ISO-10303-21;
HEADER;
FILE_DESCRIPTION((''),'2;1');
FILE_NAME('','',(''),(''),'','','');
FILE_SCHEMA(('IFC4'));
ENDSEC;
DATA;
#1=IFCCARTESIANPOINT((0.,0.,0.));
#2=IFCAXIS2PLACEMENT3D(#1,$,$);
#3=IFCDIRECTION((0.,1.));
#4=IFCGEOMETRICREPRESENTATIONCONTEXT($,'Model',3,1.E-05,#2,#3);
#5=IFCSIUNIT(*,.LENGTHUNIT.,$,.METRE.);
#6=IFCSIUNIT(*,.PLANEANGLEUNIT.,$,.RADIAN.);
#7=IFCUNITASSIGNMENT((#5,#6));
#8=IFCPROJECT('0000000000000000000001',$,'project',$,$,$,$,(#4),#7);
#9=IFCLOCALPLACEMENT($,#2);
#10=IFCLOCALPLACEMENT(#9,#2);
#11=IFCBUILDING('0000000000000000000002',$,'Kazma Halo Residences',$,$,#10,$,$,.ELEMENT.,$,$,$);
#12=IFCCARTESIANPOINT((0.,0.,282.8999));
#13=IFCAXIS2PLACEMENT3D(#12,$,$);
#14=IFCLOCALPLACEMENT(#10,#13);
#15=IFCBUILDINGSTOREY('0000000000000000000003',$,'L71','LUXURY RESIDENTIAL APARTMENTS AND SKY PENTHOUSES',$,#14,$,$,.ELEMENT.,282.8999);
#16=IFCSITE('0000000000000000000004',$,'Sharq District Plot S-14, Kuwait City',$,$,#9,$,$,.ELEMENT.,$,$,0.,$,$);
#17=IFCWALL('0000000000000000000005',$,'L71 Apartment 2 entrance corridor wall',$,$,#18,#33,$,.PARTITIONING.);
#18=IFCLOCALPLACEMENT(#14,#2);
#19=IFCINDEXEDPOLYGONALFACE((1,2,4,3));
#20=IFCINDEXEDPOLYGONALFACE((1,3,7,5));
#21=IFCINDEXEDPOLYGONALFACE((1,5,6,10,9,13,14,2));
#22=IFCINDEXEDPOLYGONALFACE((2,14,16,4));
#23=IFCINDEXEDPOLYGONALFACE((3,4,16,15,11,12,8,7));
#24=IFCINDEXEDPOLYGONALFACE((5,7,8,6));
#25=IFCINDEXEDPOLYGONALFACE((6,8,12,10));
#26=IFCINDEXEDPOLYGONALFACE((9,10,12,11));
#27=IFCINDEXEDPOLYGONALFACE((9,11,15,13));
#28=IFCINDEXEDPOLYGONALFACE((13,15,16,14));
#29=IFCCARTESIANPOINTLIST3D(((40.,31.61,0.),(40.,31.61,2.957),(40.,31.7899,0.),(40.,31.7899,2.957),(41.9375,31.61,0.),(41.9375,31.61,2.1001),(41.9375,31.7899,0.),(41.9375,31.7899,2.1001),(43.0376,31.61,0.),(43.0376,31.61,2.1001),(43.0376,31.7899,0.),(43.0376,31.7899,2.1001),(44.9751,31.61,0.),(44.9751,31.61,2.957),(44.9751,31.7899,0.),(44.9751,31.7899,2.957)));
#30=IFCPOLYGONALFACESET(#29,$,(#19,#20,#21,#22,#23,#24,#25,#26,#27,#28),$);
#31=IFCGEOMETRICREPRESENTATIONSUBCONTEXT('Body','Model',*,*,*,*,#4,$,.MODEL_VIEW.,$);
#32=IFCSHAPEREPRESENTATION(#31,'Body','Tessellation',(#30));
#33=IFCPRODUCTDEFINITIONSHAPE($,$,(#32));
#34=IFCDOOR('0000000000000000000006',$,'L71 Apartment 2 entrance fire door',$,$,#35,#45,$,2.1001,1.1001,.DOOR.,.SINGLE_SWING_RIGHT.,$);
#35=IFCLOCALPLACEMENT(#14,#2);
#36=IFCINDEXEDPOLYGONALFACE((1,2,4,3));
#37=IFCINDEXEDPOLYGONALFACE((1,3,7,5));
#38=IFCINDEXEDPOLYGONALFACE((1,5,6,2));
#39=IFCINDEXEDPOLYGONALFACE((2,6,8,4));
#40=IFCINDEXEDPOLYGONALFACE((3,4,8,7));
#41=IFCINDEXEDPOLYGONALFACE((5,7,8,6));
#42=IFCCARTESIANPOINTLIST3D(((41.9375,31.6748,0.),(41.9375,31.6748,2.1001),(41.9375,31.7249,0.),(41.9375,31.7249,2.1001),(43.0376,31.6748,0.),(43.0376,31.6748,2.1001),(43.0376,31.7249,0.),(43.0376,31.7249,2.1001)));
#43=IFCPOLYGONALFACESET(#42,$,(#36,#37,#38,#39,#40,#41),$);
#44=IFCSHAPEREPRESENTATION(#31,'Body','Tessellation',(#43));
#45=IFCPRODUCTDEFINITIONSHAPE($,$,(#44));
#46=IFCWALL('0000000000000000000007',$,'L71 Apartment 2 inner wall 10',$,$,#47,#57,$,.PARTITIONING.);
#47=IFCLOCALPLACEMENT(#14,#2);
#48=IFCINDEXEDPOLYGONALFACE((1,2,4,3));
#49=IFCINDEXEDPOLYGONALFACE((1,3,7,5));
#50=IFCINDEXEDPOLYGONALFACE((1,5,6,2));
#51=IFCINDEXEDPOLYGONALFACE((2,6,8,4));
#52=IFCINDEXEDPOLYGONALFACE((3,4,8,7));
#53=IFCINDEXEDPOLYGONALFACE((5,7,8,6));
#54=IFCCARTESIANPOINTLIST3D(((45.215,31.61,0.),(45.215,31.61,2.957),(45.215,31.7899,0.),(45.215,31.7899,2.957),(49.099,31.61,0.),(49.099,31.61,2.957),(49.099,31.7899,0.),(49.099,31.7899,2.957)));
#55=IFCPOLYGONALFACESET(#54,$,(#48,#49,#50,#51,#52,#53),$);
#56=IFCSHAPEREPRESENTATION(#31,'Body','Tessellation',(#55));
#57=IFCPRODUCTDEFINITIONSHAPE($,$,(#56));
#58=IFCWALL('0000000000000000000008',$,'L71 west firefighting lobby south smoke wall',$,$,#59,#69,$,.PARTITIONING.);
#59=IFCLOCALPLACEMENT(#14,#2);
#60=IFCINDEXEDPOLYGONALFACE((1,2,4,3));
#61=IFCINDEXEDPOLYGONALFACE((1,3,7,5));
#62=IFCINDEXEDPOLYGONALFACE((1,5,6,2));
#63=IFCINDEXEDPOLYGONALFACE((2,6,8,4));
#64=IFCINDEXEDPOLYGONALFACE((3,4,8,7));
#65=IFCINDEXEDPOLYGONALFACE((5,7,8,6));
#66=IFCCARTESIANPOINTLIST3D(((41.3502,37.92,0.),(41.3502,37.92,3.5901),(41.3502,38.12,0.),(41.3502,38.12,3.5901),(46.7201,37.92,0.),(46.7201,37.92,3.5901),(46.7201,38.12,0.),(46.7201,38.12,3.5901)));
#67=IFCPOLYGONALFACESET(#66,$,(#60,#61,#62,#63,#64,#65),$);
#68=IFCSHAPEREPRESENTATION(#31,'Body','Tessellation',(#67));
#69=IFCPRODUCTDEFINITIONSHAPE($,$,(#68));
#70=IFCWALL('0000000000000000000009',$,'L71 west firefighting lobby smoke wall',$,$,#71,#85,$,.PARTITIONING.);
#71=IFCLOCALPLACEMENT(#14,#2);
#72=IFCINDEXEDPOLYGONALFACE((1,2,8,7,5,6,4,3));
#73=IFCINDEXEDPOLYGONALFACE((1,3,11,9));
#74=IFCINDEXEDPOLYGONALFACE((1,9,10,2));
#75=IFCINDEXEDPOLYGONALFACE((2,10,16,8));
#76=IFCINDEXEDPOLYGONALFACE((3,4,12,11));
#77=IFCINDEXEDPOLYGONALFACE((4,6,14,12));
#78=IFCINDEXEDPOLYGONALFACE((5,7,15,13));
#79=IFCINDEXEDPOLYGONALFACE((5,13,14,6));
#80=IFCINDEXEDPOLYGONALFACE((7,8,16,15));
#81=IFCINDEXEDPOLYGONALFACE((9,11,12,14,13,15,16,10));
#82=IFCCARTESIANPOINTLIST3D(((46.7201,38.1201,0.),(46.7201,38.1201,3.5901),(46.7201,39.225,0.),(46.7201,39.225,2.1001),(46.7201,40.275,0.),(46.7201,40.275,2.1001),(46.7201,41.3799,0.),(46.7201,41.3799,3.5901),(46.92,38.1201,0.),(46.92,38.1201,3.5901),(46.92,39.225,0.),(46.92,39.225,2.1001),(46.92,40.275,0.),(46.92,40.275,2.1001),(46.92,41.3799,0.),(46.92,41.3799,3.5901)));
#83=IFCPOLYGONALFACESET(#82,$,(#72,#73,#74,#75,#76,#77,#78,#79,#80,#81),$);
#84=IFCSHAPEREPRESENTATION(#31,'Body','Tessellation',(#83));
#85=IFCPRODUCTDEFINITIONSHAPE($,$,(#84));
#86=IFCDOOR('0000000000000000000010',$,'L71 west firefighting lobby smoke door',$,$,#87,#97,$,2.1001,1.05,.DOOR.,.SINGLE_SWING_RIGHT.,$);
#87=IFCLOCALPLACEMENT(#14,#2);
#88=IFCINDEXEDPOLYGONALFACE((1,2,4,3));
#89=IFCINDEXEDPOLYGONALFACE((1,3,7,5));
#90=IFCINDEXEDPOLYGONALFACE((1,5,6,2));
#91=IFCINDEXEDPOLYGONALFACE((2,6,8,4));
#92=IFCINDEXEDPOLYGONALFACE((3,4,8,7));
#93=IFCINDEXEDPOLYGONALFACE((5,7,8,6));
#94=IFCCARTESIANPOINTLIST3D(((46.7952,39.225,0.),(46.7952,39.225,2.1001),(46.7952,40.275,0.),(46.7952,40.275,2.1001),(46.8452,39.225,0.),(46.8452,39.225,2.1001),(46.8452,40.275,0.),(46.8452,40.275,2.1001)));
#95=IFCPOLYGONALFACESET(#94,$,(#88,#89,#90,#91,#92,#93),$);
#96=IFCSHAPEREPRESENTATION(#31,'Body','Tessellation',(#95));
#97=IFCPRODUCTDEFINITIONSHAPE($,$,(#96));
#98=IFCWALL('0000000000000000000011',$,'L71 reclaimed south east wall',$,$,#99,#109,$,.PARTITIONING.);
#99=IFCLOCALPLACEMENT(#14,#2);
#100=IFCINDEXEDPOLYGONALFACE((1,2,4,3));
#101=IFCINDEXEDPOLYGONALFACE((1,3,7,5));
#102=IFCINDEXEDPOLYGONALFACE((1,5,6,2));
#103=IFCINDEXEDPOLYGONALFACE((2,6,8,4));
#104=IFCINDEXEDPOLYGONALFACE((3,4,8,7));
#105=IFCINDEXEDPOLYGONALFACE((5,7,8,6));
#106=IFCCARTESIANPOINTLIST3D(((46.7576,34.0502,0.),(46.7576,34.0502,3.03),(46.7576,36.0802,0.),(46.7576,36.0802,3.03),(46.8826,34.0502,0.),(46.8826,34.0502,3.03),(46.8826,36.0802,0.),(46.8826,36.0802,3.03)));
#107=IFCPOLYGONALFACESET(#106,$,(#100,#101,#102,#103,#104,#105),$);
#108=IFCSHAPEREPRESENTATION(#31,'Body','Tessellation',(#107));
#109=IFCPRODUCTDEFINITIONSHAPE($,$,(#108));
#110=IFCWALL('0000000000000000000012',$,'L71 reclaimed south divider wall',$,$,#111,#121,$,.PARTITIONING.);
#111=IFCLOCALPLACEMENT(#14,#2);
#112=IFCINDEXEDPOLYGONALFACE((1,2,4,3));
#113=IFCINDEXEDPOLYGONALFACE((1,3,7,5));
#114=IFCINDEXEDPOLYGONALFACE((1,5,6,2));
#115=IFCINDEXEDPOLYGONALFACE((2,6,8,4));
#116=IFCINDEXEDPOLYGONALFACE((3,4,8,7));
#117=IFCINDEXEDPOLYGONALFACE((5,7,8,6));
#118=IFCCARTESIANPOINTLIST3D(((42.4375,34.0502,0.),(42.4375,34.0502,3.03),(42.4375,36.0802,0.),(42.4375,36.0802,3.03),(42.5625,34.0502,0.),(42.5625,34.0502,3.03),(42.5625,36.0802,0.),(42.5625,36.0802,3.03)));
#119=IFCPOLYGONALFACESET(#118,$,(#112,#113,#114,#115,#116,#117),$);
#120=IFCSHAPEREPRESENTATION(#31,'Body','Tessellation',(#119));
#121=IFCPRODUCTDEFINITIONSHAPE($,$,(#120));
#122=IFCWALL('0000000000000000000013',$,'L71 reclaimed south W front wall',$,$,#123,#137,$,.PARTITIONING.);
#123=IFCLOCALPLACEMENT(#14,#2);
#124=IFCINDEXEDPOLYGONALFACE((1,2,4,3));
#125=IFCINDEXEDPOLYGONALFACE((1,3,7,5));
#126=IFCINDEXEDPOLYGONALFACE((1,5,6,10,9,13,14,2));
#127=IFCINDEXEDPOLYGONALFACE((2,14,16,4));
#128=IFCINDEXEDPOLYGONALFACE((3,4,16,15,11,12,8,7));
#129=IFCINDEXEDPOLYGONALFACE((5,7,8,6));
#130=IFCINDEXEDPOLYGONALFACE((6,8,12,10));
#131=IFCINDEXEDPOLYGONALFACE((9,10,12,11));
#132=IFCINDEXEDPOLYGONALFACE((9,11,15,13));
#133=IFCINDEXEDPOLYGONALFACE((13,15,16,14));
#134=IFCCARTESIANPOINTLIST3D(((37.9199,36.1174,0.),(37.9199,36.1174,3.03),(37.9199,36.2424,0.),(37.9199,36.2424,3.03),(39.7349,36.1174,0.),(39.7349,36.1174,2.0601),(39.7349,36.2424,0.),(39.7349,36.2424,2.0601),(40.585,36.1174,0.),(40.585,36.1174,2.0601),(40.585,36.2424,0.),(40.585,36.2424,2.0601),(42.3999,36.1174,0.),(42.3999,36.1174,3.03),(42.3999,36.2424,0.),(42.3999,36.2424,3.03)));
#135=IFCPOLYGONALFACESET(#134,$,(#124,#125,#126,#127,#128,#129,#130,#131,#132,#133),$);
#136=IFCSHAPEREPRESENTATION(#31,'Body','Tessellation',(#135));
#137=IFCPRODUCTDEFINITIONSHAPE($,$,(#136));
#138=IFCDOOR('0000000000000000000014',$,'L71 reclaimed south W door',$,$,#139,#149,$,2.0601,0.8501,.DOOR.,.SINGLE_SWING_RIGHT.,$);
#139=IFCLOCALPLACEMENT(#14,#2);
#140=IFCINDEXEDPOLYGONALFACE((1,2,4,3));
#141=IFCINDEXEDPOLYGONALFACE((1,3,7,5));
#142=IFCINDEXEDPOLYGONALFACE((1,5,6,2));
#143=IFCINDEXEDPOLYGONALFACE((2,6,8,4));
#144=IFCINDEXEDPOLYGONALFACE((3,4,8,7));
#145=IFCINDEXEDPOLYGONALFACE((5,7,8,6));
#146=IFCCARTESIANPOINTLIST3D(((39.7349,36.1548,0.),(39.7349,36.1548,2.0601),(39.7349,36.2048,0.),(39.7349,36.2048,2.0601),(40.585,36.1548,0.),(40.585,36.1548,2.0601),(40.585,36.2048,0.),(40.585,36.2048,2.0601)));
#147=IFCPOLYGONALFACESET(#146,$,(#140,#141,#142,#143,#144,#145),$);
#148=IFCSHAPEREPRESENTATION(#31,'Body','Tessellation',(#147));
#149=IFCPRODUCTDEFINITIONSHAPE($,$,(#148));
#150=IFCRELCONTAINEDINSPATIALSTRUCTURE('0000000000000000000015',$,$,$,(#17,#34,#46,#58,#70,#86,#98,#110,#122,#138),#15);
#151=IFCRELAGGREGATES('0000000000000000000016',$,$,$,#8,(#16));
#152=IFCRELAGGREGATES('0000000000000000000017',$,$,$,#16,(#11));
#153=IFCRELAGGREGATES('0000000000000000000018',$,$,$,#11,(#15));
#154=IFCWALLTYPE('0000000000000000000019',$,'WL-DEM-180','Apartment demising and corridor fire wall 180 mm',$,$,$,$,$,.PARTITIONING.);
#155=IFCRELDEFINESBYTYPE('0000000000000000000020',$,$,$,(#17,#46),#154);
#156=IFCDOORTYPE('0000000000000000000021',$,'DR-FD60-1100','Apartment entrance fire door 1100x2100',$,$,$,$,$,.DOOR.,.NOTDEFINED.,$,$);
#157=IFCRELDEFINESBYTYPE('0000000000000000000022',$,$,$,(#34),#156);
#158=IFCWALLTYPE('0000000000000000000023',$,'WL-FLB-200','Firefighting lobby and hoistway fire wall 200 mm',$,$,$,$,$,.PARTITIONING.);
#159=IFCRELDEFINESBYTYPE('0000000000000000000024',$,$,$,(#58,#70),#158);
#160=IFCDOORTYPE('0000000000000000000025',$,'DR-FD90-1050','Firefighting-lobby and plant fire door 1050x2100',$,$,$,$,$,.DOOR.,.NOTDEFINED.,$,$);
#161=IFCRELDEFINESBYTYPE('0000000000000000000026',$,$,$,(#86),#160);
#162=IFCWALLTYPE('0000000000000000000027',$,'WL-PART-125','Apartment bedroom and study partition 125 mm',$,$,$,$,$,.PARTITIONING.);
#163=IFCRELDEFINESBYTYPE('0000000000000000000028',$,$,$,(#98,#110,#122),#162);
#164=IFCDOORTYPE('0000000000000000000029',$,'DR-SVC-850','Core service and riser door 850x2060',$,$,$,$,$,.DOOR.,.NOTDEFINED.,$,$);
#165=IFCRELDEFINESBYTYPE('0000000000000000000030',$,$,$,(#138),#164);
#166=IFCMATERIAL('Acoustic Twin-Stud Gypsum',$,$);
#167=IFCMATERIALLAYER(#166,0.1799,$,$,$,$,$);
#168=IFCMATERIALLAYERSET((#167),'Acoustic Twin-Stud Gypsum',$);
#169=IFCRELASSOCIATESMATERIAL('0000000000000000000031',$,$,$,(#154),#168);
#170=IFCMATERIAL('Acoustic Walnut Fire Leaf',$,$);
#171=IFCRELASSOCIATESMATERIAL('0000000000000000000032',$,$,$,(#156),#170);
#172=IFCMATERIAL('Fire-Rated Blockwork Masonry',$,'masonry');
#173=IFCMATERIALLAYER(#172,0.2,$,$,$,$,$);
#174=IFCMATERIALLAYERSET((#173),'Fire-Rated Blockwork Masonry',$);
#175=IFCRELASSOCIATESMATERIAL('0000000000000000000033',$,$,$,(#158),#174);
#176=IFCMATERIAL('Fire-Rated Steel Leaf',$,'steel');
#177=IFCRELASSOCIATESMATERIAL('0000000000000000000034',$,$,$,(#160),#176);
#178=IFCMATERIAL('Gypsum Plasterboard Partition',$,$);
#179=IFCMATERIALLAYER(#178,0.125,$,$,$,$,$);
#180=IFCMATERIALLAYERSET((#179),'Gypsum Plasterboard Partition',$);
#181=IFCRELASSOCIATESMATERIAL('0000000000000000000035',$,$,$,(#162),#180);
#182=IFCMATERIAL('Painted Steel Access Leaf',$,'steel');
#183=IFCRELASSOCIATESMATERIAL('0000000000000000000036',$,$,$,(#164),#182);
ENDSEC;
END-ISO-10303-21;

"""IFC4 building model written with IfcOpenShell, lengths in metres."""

from ifc_helpers import new_model, si_unit, direction, frame, frame_2d, origin, place, context, subcontext, project, spatial, rectangle, extrude, material, layer, layer_set, type_object, element, fill, save


model = new_model("IFC4")

# Units and contexts
model_context = context("Model", 3, precision=1e-05, world=origin(), true_north=direction((0.0, 1.0)))
body_context = subcontext(model_context, "Body", "Model", "MODEL_VIEW")
ifc_project = project(units=[si_unit("LENGTHUNIT", "METRE"), si_unit("PLANEANGLEUNIT", "RADIAN")], contexts=[model_context])

# Site, building, storey
site_placement = place(None, origin())
site = spatial("IfcSite", under=ifc_project, at=site_placement, Name="Sharq District Plot S-14, Kuwait City", CompositionType="ELEMENT", RefElevation=0.0)
building_placement = place(site_placement, origin())
building = spatial("IfcBuilding", under=site, at=building_placement, Name="Kazma Halo Residences", CompositionType="ELEMENT")
storey_placement = place(building_placement, frame((0.0, 0.0, 282.8999)))
storey = spatial("IfcBuildingStorey", under=building, at=storey_placement, Name="L71", Description="LUXURY RESIDENTIAL APARTMENTS AND SKY PENTHOUSES", CompositionType="ELEMENT", Elevation=282.8999)

# Shared definitions
ifc_material_1 = material(Name="Acoustic Twin-Stud Gypsum")
ifc_layer_1 = layer(ifc_material_1, 0.1799)
ifc_layer_set_1 = layer_set([ifc_layer_1], Name="Acoustic Twin-Stud Gypsum")
wall_type_1 = type_object("IfcWallType", Name="WL-DEM-180", Description="Apartment demising and corridor fire wall 180 mm", PredefinedType="PARTITIONING", material=ifc_layer_set_1)

# Wall, opening, door
wall_1_placement = place(storey_placement, frame((40.0, 31.7, 0.0), z_axis=(0.0, 0.0, 1.0), x_axis=(1.0, 0.0, 0.0)))
wall_1 = element("IfcWall", 1, at=wall_1_placement, inside=storey, type_object=wall_type_1, Name="L71 Apartment 2 entrance corridor wall", PredefinedType="PARTITIONING", context=body_context, shape_type="SweptSolid", body=[
    extrude(rectangle(XDim=4.9751, YDim=0.1799, at=frame_2d((2.4875, 0.0))), origin(), (0.0, 0.0, 1.0), 2.957),
])
opening_1_placement = place(wall_1_placement, frame((1.9375, 0.0, 0.0)))
opening_1 = element("IfcOpeningElement", 2, at=opening_1_placement, cuts=wall_1, PredefinedType="OPENING", context=body_context, shape_type="SweptSolid", body=[
    extrude(rectangle(XDim=1.1001, YDim=2.1001, at=frame_2d((0.55, 1.05))), frame((0.0, 0.0999, 0.0), z_axis=(0.0, -1.0, 0.0), x_axis=(1.0, 0.0, 0.0)), (0.0, 0.0, 1.0), 0.2),
])
ifc_material_2 = material(Name="Acoustic Walnut Fire Leaf")
door_type_1 = type_object("IfcDoorType", Name="DR-FD60-1100", Description="Apartment entrance fire door 1100x2100", OperationType="NOTDEFINED", PredefinedType="DOOR", material=ifc_material_2)
door_1_placement = place(opening_1_placement, origin())
door_1 = element("IfcDoor", 3, at=door_1_placement, inside=storey, type_object=door_type_1, Name="L71 Apartment 2 entrance fire door", OperationType="SINGLE_SWING_RIGHT", OverallHeight=2.1001, OverallWidth=1.1001, PredefinedType="DOOR", context=body_context, shape_type="SweptSolid", body=[
    extrude(rectangle(XDim=1.1001, YDim=2.1001, at=frame_2d((0.55, 1.05))), frame((0.0, 0.0249, 0.0), z_axis=(0.0, -1.0, 0.0), x_axis=(1.0, 0.0, 0.0)), (0.0, 0.0, 1.0), 0.05),
])
fill(opening_1, door_1)

# Walls
wall_2_placement = place(storey_placement, frame((45.2151, 31.7, 0.0), z_axis=(0.0, 0.0, 1.0), x_axis=(1.0, 0.0, 0.0)))
element("IfcWall", 4, at=wall_2_placement, inside=storey, type_object=wall_type_1, Name="L71 Apartment 2 inner wall 10", PredefinedType="PARTITIONING", context=body_context, shape_type="SweptSolid", body=[
    extrude(rectangle(XDim=3.884, YDim=0.1799, at=frame_2d((1.9419, 0.0))), origin(), (0.0, 0.0, 1.0), 2.957),
])
ifc_material_3 = material(Name="Fire-Rated Blockwork Masonry", Category="masonry")
ifc_layer_2 = layer(ifc_material_3, 0.2)
ifc_layer_set_2 = layer_set([ifc_layer_2], Name="Fire-Rated Blockwork Masonry")
wall_type_2 = type_object("IfcWallType", Name="WL-FLB-200", Description="Firefighting lobby and hoistway fire wall 200 mm", PredefinedType="PARTITIONING", material=ifc_layer_set_2)
wall_3_placement = place(storey_placement, frame((41.3501, 38.02, 0.0), z_axis=(0.0, 0.0, 1.0), x_axis=(1.0, 0.0, 0.0)))
element("IfcWall", 5, at=wall_3_placement, inside=storey, type_object=wall_type_2, Name="L71 west firefighting lobby south smoke wall", PredefinedType="PARTITIONING", context=body_context, shape_type="SweptSolid", body=[
    extrude(rectangle(XDim=5.3699, YDim=0.2, at=frame_2d((2.6851, 0.0))), origin(), (0.0, 0.0, 1.0), 3.5901),
])

# Wall, opening, door
wall_4_placement = place(storey_placement, frame((46.8201, 38.1201, 0.0), z_axis=(0.0, 0.0, 1.0), x_axis=(0.0, 1.0, 0.0)))
wall_4 = element("IfcWall", 6, at=wall_4_placement, inside=storey, type_object=wall_type_2, Name="L71 west firefighting lobby smoke wall", PredefinedType="PARTITIONING", context=body_context, shape_type="SweptSolid", body=[
    extrude(rectangle(XDim=3.2598, YDim=0.2, at=frame_2d((1.6299, 0.0))), origin(), (0.0, 0.0, 1.0), 3.5901),
])
opening_2_placement = place(wall_4_placement, frame((1.105, 0.0, 0.0)))
opening_2 = element("IfcOpeningElement", 7, at=opening_2_placement, cuts=wall_4, PredefinedType="OPENING", context=body_context, shape_type="SweptSolid", body=[
    extrude(rectangle(XDim=1.05, YDim=2.1001, at=frame_2d((0.5249, 1.05))), frame((0.0, 0.1099, 0.0), z_axis=(0.0, -1.0, 0.0), x_axis=(1.0, 0.0, 0.0)), (0.0, 0.0, 1.0), 0.22),
])
ifc_material_4 = material(Name="Fire-Rated Steel Leaf", Category="steel")
door_type_2 = type_object("IfcDoorType", Name="DR-FD90-1050", Description="Firefighting-lobby and plant fire door 1050x2100", OperationType="NOTDEFINED", PredefinedType="DOOR", material=ifc_material_4)
door_2_placement = place(opening_2_placement, origin())
door_2 = element("IfcDoor", 8, at=door_2_placement, inside=storey, type_object=door_type_2, Name="L71 west firefighting lobby smoke door", OperationType="SINGLE_SWING_RIGHT", OverallHeight=2.1001, OverallWidth=1.05, PredefinedType="DOOR", context=body_context, shape_type="SweptSolid", body=[
    extrude(rectangle(XDim=1.05, YDim=2.1001, at=frame_2d((0.5249, 1.05))), frame((0.0, 0.0249, 0.0), z_axis=(0.0, -1.0, 0.0), x_axis=(1.0, 0.0, 0.0)), (0.0, 0.0, 1.0), 0.05),
])
fill(opening_2, door_2)

# Walls
ifc_material_5 = material(Name="Gypsum Plasterboard Partition")
ifc_layer_3 = layer(ifc_material_5, 0.125)
ifc_layer_set_3 = layer_set([ifc_layer_3], Name="Gypsum Plasterboard Partition")
wall_type_3 = type_object("IfcWallType", Name="WL-PART-125", Description="Apartment bedroom and study partition 125 mm", PredefinedType="PARTITIONING", material=ifc_layer_set_3)
for number, where, z_axis, x_axis, name in (
    (9, (46.8201, 34.05, 0.0), (0.0, 0.0, 1.0), (0.0, 1.0, 0.0), "L71 reclaimed south east wall"),
    (10, (42.5, 34.05, 0.0), (0.0, 0.0, 1.0), (0.0, 1.0, 0.0), "L71 reclaimed south divider wall"),
):
    element("IfcWall", number, at=place(storey_placement, frame(where, z_axis=z_axis, x_axis=x_axis)), inside=storey, type_object=wall_type_3, Name=name, PredefinedType="PARTITIONING", context=body_context, shape_type="SweptSolid", body=[
        extrude(rectangle(XDim=2.03, YDim=0.125, at=frame_2d((1.0151, 0.0))), origin(), (0.0, 0.0, 1.0), 3.03),
    ])

# Wall, opening, door
wall_5_placement = place(storey_placement, frame((37.9199, 36.1799, 0.0), z_axis=(0.0, 0.0, 1.0), x_axis=(1.0, 0.0, 0.0)))
wall_5 = element("IfcWall", 11, at=wall_5_placement, inside=storey, type_object=wall_type_3, Name="L71 reclaimed south W front wall", PredefinedType="PARTITIONING", context=body_context, shape_type="SweptSolid", body=[
    extrude(rectangle(XDim=4.48, YDim=0.125, at=frame_2d((2.24, 0.0))), origin(), (0.0, 0.0, 1.0), 3.03),
])
opening_3_placement = place(wall_5_placement, frame((1.8149, 0.0, 0.0)))
opening_3 = element("IfcOpeningElement", 12, at=opening_3_placement, cuts=wall_5, PredefinedType="OPENING", context=body_context, shape_type="SweptSolid", body=[
    extrude(rectangle(XDim=0.8501, YDim=2.0601, at=frame_2d((0.425, 1.03))), frame((0.0, 0.0725, 0.0), z_axis=(0.0, -1.0, 0.0), x_axis=(1.0, 0.0, 0.0)), (0.0, 0.0, 1.0), 0.145),
])
ifc_material_6 = material(Name="Painted Steel Access Leaf", Category="steel")
door_type_3 = type_object("IfcDoorType", Name="DR-SVC-850", Description="Core service and riser door 850x2060", OperationType="NOTDEFINED", PredefinedType="DOOR", material=ifc_material_6)
door_3_placement = place(opening_3_placement, origin())
door_3 = element("IfcDoor", 13, at=door_3_placement, inside=storey, type_object=door_type_3, Name="L71 reclaimed south W door", OperationType="SINGLE_SWING_RIGHT", OverallHeight=2.0601, OverallWidth=0.8501, PredefinedType="DOOR", context=body_context, shape_type="SweptSolid", body=[
    extrude(rectangle(XDim=0.8501, YDim=2.0601, at=frame_2d((0.425, 1.03))), frame((0.0, 0.0249, 0.0), z_axis=(0.0, -1.0, 0.0), x_axis=(1.0, 0.0, 0.0)), (0.0, 0.0, 1.0), 0.05),
])
fill(opening_3, door_3)

save(model, "model.ifc")
